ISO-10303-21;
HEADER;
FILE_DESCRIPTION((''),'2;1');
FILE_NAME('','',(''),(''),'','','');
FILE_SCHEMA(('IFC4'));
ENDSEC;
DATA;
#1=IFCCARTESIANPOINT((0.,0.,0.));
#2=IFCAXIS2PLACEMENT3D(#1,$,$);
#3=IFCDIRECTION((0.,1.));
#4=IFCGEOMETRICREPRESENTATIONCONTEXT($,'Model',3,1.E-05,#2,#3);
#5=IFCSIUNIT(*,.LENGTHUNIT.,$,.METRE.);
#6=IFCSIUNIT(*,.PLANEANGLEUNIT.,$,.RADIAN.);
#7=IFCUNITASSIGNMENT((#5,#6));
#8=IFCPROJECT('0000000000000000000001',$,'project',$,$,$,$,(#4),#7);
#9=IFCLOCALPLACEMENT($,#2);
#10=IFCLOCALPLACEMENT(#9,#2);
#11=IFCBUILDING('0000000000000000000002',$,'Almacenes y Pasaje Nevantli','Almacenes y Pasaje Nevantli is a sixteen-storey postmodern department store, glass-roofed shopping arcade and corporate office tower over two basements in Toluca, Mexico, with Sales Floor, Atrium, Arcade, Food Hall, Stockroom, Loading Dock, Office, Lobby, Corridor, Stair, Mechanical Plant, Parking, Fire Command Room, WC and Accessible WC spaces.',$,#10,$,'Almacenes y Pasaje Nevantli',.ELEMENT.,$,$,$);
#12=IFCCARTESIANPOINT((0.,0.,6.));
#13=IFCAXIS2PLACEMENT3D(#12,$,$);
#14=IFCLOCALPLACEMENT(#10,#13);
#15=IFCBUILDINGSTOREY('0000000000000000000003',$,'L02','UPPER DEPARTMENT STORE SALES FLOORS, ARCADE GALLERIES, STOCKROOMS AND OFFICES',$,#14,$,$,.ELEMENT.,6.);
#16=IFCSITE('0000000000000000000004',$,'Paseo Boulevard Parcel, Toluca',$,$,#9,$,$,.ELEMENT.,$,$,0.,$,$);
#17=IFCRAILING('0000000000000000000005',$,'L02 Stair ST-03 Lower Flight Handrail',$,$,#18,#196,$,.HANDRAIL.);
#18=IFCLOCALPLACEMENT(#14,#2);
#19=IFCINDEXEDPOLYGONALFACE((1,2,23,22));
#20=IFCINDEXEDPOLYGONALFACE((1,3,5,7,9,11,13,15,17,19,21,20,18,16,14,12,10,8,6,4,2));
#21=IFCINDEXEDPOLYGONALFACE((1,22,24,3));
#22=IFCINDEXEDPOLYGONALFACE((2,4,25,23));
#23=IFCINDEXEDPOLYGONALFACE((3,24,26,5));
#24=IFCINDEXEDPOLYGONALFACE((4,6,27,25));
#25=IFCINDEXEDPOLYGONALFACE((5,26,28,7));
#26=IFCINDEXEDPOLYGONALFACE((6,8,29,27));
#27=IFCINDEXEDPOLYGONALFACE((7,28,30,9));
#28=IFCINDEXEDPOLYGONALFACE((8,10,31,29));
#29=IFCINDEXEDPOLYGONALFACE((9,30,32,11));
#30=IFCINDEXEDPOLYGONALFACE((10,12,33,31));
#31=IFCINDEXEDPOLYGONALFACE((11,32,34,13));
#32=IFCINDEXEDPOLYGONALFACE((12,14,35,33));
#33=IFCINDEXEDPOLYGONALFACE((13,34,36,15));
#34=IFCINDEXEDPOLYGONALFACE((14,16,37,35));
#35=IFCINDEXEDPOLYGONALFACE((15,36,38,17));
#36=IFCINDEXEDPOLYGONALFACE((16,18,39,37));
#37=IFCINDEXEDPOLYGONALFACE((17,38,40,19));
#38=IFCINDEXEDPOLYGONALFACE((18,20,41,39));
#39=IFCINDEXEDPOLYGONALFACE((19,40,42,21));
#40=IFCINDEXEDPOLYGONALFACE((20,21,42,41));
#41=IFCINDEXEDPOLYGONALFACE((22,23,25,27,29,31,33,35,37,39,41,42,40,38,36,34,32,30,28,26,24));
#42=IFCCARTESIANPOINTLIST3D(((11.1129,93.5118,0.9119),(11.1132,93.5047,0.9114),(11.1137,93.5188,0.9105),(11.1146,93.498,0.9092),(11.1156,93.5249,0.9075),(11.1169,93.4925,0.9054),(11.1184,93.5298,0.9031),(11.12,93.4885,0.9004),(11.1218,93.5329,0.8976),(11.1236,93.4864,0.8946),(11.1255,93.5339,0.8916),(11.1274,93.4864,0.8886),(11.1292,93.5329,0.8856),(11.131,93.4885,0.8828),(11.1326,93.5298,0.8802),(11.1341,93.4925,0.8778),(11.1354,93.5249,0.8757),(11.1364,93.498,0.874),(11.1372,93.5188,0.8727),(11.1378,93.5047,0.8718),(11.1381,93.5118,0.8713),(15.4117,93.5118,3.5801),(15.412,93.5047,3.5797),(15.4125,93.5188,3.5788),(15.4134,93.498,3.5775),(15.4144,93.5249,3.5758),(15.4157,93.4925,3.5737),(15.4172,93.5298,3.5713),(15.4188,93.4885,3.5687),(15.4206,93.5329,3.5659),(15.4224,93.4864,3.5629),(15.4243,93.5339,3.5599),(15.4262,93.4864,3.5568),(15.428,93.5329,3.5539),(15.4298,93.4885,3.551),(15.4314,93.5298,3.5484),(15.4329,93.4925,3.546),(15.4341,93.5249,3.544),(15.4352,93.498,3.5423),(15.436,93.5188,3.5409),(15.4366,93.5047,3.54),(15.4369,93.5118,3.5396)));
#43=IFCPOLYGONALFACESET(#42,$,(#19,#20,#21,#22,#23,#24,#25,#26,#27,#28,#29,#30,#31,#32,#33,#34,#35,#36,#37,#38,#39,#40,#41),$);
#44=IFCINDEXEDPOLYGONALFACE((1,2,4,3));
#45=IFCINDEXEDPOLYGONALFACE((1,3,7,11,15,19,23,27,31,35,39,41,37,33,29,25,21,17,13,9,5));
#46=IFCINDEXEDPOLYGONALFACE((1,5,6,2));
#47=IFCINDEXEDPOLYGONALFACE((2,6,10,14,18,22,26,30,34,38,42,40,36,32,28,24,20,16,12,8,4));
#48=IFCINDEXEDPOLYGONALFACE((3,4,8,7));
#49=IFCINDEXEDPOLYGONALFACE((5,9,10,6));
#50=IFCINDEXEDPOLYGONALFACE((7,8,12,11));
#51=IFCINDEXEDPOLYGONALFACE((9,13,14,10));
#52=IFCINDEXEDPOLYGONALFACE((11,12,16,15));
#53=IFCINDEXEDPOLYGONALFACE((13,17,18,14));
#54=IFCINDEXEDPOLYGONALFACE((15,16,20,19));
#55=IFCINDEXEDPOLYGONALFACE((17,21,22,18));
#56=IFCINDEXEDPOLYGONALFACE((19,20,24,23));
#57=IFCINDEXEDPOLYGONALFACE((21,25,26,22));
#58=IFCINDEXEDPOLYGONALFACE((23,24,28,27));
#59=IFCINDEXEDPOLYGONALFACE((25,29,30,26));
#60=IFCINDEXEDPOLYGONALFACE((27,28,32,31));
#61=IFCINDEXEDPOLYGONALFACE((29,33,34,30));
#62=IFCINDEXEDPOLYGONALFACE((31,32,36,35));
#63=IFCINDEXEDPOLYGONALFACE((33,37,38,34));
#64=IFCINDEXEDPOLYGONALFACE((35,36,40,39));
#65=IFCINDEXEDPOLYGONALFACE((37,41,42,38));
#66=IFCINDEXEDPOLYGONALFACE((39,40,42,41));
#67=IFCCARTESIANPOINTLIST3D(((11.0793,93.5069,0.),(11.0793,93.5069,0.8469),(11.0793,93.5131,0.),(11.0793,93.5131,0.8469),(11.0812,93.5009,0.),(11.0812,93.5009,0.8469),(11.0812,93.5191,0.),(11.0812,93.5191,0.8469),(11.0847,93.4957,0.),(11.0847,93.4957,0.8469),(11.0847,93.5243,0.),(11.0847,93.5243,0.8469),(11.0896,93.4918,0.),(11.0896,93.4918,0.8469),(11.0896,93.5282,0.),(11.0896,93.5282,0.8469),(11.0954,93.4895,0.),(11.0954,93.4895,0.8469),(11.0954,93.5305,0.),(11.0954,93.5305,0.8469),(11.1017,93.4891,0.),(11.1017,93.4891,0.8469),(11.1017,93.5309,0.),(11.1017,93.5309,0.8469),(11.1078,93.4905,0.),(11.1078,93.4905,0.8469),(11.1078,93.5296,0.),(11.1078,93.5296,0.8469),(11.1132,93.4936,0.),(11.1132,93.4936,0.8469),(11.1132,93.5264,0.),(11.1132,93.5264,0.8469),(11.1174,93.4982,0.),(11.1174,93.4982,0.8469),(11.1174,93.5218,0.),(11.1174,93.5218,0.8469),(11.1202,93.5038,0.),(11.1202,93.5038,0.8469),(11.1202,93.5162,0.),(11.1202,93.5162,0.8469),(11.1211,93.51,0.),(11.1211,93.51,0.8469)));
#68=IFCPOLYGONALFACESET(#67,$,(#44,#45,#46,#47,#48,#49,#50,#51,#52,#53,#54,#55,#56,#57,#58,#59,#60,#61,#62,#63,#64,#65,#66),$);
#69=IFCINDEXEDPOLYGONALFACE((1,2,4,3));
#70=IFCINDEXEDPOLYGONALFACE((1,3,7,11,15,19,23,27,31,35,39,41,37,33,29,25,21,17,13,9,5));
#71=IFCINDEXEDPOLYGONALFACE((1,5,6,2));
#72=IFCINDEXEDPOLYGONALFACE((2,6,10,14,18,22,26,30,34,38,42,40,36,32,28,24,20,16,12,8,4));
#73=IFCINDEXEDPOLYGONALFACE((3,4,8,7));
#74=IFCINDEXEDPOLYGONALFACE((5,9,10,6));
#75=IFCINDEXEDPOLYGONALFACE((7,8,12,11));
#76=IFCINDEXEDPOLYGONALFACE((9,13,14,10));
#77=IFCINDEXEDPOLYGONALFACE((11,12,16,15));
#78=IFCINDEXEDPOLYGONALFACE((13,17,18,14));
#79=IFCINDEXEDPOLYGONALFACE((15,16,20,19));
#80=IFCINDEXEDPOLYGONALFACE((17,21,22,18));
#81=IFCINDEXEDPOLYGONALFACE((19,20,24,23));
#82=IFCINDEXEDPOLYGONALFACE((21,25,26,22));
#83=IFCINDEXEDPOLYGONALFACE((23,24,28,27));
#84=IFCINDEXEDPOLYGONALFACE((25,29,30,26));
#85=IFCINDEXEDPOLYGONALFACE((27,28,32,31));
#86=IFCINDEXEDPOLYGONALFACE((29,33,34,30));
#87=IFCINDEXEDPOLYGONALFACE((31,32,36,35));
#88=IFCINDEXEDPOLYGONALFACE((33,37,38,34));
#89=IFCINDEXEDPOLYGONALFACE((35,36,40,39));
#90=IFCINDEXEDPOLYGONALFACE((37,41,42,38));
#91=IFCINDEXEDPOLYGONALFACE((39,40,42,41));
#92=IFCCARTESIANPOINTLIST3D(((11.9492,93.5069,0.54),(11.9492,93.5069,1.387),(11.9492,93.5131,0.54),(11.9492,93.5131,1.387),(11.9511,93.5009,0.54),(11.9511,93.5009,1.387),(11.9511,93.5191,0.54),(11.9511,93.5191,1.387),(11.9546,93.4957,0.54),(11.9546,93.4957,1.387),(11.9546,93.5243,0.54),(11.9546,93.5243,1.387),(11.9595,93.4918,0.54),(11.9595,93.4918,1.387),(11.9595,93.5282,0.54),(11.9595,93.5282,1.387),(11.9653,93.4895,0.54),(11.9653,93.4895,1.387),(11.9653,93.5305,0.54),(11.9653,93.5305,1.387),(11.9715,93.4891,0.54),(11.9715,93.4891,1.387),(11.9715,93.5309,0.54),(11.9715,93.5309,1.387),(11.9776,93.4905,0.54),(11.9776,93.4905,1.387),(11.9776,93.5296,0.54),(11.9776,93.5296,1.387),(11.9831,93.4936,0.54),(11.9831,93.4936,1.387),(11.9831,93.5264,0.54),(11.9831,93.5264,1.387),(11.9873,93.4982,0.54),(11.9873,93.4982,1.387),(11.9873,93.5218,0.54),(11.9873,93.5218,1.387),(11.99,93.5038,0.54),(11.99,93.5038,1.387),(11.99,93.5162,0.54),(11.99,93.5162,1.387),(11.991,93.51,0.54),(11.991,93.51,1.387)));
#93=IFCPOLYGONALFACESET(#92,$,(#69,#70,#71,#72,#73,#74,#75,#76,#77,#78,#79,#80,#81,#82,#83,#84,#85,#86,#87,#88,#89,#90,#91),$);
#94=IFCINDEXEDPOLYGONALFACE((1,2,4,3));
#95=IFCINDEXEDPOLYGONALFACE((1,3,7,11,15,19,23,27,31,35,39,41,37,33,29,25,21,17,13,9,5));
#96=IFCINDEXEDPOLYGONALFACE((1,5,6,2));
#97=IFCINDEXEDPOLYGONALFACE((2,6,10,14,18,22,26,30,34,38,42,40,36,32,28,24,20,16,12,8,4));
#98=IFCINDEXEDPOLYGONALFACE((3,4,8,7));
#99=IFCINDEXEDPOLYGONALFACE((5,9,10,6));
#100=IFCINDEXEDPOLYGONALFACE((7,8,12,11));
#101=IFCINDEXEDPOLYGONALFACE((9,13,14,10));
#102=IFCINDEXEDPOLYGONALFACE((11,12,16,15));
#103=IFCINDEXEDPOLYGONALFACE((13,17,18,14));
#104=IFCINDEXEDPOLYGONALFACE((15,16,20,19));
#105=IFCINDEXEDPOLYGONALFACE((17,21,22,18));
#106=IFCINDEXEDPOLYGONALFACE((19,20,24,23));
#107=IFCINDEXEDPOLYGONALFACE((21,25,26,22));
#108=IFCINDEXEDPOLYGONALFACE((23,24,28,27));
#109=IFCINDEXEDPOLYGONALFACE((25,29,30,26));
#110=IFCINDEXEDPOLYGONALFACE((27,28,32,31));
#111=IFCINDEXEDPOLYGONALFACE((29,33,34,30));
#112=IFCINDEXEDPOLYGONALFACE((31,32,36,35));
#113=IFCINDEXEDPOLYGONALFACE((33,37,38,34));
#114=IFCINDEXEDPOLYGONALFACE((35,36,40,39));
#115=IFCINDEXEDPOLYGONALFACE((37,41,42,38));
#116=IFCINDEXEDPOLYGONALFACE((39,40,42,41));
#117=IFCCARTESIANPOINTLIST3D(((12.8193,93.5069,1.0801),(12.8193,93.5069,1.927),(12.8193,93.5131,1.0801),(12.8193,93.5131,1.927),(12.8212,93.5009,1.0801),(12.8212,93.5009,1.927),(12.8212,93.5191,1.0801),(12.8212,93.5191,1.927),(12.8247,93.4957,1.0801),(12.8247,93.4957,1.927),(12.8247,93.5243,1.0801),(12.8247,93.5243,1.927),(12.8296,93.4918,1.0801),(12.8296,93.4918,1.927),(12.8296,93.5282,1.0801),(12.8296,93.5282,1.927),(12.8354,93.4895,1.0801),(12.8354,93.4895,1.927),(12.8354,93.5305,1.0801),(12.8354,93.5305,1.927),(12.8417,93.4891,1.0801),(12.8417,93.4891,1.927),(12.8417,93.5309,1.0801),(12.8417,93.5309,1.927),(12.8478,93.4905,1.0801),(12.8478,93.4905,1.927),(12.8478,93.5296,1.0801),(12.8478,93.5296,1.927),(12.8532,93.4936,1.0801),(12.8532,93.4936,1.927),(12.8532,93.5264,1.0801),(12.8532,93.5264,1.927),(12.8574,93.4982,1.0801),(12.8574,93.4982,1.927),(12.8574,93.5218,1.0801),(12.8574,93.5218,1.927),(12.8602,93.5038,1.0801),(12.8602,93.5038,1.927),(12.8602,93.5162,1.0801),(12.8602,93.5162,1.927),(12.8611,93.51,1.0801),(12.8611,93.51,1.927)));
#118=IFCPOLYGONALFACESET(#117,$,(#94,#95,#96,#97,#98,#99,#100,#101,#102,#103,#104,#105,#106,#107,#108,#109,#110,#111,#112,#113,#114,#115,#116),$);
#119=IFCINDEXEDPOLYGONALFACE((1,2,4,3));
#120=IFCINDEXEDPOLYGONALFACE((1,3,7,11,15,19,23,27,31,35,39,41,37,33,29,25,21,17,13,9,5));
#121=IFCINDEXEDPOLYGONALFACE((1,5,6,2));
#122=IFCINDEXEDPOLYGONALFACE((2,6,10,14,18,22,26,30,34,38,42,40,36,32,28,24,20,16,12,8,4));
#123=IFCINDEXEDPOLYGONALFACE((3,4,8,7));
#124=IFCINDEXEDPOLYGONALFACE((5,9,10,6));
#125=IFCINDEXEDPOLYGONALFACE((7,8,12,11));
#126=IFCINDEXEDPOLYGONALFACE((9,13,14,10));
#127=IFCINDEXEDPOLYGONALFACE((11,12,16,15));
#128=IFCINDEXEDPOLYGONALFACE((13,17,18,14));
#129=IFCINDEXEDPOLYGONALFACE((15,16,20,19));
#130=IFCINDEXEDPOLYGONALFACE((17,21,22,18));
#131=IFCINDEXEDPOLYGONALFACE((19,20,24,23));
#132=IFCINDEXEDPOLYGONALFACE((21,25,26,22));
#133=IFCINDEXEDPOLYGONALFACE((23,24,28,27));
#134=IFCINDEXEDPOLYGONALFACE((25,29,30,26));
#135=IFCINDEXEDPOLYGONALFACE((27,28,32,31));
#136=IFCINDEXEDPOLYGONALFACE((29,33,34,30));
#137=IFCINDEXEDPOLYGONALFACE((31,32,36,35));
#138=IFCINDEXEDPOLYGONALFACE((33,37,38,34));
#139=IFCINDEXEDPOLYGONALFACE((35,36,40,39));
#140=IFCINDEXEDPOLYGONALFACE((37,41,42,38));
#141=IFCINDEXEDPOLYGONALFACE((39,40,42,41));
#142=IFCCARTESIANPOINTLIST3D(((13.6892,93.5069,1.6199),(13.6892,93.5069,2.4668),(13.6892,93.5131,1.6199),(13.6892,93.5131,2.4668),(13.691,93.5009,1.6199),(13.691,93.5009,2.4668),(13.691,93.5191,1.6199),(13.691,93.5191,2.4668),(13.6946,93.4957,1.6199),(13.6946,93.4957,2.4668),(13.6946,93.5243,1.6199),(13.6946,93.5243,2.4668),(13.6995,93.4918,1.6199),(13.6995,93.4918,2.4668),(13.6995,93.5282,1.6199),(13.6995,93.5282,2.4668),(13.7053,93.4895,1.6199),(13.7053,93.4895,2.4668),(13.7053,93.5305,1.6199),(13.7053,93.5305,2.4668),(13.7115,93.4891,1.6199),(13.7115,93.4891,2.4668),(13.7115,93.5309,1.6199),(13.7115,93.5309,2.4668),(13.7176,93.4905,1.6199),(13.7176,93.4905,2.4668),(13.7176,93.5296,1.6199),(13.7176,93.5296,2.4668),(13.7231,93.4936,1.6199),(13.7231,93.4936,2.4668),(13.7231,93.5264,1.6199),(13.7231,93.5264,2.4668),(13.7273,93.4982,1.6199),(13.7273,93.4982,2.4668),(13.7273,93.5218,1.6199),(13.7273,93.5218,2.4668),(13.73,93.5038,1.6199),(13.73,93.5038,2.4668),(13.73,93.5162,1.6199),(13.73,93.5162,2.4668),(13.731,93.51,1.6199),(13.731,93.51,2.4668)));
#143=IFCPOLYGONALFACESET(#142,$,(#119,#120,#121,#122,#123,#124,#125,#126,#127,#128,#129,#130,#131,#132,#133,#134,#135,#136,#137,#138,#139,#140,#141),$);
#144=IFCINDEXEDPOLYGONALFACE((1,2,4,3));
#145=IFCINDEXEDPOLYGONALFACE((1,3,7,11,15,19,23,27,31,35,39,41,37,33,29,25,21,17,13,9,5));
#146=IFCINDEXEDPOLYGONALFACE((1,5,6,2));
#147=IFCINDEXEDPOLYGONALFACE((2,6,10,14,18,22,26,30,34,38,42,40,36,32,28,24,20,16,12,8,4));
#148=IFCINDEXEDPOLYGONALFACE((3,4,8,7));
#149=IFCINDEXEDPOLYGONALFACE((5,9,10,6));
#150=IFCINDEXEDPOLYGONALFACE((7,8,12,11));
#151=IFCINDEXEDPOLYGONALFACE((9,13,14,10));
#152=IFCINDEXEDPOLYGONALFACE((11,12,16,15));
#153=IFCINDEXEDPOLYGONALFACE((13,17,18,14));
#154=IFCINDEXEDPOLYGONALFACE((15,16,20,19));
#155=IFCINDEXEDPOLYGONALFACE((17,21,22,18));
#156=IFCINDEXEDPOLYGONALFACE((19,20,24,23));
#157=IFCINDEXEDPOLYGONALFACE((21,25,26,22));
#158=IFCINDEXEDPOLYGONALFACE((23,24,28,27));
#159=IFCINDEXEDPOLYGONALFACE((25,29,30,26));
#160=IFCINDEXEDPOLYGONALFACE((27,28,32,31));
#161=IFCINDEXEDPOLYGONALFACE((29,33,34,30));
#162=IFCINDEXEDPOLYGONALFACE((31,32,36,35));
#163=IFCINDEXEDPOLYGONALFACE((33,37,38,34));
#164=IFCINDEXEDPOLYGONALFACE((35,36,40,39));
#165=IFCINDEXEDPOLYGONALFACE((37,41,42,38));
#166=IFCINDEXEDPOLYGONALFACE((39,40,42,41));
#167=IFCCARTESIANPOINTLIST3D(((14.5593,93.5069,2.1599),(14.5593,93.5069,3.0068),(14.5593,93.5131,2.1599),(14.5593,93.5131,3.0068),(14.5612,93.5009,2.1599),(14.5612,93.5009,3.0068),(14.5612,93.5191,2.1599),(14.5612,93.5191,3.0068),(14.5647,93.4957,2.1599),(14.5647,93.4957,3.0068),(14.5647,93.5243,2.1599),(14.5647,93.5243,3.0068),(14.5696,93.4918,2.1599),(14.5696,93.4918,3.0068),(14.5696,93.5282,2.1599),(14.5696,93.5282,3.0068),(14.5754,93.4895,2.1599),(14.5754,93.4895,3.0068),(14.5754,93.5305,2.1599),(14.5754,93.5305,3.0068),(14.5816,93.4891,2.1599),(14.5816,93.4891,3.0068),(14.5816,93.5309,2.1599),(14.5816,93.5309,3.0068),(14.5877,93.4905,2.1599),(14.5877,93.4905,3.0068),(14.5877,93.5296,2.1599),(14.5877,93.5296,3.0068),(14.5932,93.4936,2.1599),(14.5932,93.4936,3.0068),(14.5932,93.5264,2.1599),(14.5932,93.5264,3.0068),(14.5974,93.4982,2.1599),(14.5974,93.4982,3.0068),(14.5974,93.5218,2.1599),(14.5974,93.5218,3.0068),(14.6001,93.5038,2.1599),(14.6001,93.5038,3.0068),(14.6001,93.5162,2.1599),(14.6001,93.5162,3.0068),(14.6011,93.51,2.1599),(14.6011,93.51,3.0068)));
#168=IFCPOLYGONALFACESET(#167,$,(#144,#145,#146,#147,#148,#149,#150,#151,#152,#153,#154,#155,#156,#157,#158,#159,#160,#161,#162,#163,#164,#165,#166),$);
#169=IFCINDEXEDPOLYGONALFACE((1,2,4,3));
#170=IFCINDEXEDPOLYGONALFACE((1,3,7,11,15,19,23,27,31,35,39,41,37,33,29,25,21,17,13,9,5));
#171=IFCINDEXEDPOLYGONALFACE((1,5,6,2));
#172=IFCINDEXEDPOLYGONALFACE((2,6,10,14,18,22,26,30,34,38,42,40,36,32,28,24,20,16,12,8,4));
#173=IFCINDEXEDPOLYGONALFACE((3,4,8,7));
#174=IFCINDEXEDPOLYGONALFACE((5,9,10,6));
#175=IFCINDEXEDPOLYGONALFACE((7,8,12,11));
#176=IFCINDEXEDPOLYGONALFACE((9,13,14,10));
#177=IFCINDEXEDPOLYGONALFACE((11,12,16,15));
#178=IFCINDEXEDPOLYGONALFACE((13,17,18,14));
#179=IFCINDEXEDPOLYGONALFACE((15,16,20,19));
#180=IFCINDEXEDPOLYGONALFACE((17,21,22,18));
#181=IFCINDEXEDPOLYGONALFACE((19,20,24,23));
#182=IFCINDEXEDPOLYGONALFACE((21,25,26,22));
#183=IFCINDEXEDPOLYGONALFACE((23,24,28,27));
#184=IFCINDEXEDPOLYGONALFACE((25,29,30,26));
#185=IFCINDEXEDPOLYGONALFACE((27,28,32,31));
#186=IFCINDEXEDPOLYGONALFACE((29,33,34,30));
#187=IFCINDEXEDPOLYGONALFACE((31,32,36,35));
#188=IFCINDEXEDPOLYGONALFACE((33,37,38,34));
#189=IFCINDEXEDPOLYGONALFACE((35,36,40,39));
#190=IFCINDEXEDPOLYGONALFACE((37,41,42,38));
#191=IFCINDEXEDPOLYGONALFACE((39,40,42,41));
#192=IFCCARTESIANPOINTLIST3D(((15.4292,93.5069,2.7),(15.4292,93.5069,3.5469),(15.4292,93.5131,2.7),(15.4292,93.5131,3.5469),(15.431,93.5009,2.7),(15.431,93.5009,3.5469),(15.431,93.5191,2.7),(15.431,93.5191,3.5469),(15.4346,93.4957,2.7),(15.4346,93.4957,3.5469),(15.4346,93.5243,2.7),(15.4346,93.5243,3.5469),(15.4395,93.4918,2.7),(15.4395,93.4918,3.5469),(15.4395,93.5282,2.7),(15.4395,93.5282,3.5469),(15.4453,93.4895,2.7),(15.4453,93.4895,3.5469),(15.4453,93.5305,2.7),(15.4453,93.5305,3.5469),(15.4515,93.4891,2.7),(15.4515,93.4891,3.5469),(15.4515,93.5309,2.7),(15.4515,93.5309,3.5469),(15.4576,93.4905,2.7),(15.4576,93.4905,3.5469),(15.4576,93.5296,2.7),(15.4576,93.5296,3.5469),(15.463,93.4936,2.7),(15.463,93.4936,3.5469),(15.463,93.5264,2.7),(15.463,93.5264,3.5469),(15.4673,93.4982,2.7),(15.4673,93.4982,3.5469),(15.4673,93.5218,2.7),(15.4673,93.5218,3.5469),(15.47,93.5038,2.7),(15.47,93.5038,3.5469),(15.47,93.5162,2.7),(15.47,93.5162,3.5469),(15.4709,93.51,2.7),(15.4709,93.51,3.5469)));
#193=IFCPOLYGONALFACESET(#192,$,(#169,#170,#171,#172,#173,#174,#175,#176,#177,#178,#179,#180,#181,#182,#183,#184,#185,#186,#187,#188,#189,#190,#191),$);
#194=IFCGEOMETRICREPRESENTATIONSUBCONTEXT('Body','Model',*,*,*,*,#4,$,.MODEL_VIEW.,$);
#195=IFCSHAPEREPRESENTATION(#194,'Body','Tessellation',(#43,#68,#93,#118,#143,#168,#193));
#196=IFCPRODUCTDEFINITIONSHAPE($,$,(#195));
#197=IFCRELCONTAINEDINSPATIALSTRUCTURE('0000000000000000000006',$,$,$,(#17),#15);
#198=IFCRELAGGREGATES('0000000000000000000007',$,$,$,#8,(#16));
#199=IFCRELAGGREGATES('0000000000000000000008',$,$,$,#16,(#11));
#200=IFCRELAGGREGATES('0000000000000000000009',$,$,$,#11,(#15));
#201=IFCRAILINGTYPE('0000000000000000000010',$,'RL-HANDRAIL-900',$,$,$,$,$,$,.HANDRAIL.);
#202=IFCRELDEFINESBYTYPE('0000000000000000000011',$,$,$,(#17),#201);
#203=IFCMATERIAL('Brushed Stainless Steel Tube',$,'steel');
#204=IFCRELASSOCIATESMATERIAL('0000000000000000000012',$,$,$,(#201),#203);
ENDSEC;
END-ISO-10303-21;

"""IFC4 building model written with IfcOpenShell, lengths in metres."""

from ifc_helpers import new_model, si_unit, direction, frame, origin, origin_2d, place, context, subcontext, project, spatial, circle, extrude, material, type_object, element, save


model = new_model("IFC4")

# Units and contexts
model_context = context("Model", 3, precision=1e-05, world=origin(), true_north=direction((0.0, 1.0)))
body_context = subcontext(model_context, "Body", "Model", "MODEL_VIEW")
ifc_project = project(units=[si_unit("LENGTHUNIT", "METRE"), si_unit("PLANEANGLEUNIT", "RADIAN")], contexts=[model_context])

# Site, building, storey
site_placement = place(None, origin())
site = spatial("IfcSite", under=ifc_project, at=site_placement, Name="Paseo Boulevard Parcel, Toluca", CompositionType="ELEMENT", RefElevation=0.0)
building_placement = place(site_placement, origin())
building = spatial("IfcBuilding", under=site, at=building_placement, Name="Almacenes y Pasaje Nevantli", Description="Almacenes y Pasaje Nevantli is a sixteen-storey postmodern department store, glass-roofed shopping arcade and corporate office tower over two basements in Toluca, Mexico, with Sales Floor, Atrium, Arcade, Food Hall, Stockroom, Loading Dock, Office, Lobby, Corridor, Stair, Mechanical Plant, Parking, Fire Command Room, WC and Accessible WC spaces.", LongName="Almacenes y Pasaje Nevantli", CompositionType="ELEMENT")
storey_placement = place(building_placement, frame((0.0, 0.0, 6.0)))
storey = spatial("IfcBuildingStorey", under=building, at=storey_placement, Name="L02", Description="UPPER DEPARTMENT STORE SALES FLOORS, ARCADE GALLERIES, STOCKROOMS AND OFFICES", CompositionType="ELEMENT", Elevation=6.0)

# Railing
ifc_material_1 = material(Name="Brushed Stainless Steel Tube", Category="steel")
railing_type_1 = type_object("IfcRailingType", Name="RL-HANDRAIL-900", PredefinedType="HANDRAIL", material=ifc_material_1)
railing_1_placement = place(storey_placement, frame((11.1001, 93.51, 0.0)))
element("IfcRailing", 1, at=railing_1_placement, inside=storey, type_object=railing_type_1, Name="L02 Stair ST-03 Lower Flight Handrail", PredefinedType="HANDRAIL", context=body_context, shape_type="SweptSolid", body=[
    extrude(circle(Radius=0.0239, at=origin_2d()), frame((0.0254, 0.0, 0.8916), z_axis=(0.849636, 0.0, 0.527369), x_axis=(0.0, 1.0, 0.0)), (0.0, 0.0, 1.0), 5.0596),
    extrude(circle(Radius=0.021, at=origin_2d()), origin(), (0.0, 0.0, 1.0), 0.8469),
    extrude(circle(Radius=0.021, at=origin_2d()), frame((0.8699, 0.0, 0.54)), (0.0, 0.0, 1.0), 0.8469),
    extrude(circle(Radius=0.021, at=origin_2d()), frame((1.74, 0.0, 1.0801)), (0.0, 0.0, 1.0), 0.8469),
    extrude(circle(Radius=0.021, at=origin_2d()), frame((2.6099, 0.0, 1.6199)), (0.0, 0.0, 1.0), 0.8469),
    extrude(circle(Radius=0.021, at=origin_2d()), frame((3.48, 0.0, 2.1599)), (0.0, 0.0, 1.0), 0.8469),
    extrude(circle(Radius=0.021, at=origin_2d()), frame((4.3499, 0.0, 2.7)), (0.0, 0.0, 1.0), 0.8469),
])

save(model, "model.ifc")
